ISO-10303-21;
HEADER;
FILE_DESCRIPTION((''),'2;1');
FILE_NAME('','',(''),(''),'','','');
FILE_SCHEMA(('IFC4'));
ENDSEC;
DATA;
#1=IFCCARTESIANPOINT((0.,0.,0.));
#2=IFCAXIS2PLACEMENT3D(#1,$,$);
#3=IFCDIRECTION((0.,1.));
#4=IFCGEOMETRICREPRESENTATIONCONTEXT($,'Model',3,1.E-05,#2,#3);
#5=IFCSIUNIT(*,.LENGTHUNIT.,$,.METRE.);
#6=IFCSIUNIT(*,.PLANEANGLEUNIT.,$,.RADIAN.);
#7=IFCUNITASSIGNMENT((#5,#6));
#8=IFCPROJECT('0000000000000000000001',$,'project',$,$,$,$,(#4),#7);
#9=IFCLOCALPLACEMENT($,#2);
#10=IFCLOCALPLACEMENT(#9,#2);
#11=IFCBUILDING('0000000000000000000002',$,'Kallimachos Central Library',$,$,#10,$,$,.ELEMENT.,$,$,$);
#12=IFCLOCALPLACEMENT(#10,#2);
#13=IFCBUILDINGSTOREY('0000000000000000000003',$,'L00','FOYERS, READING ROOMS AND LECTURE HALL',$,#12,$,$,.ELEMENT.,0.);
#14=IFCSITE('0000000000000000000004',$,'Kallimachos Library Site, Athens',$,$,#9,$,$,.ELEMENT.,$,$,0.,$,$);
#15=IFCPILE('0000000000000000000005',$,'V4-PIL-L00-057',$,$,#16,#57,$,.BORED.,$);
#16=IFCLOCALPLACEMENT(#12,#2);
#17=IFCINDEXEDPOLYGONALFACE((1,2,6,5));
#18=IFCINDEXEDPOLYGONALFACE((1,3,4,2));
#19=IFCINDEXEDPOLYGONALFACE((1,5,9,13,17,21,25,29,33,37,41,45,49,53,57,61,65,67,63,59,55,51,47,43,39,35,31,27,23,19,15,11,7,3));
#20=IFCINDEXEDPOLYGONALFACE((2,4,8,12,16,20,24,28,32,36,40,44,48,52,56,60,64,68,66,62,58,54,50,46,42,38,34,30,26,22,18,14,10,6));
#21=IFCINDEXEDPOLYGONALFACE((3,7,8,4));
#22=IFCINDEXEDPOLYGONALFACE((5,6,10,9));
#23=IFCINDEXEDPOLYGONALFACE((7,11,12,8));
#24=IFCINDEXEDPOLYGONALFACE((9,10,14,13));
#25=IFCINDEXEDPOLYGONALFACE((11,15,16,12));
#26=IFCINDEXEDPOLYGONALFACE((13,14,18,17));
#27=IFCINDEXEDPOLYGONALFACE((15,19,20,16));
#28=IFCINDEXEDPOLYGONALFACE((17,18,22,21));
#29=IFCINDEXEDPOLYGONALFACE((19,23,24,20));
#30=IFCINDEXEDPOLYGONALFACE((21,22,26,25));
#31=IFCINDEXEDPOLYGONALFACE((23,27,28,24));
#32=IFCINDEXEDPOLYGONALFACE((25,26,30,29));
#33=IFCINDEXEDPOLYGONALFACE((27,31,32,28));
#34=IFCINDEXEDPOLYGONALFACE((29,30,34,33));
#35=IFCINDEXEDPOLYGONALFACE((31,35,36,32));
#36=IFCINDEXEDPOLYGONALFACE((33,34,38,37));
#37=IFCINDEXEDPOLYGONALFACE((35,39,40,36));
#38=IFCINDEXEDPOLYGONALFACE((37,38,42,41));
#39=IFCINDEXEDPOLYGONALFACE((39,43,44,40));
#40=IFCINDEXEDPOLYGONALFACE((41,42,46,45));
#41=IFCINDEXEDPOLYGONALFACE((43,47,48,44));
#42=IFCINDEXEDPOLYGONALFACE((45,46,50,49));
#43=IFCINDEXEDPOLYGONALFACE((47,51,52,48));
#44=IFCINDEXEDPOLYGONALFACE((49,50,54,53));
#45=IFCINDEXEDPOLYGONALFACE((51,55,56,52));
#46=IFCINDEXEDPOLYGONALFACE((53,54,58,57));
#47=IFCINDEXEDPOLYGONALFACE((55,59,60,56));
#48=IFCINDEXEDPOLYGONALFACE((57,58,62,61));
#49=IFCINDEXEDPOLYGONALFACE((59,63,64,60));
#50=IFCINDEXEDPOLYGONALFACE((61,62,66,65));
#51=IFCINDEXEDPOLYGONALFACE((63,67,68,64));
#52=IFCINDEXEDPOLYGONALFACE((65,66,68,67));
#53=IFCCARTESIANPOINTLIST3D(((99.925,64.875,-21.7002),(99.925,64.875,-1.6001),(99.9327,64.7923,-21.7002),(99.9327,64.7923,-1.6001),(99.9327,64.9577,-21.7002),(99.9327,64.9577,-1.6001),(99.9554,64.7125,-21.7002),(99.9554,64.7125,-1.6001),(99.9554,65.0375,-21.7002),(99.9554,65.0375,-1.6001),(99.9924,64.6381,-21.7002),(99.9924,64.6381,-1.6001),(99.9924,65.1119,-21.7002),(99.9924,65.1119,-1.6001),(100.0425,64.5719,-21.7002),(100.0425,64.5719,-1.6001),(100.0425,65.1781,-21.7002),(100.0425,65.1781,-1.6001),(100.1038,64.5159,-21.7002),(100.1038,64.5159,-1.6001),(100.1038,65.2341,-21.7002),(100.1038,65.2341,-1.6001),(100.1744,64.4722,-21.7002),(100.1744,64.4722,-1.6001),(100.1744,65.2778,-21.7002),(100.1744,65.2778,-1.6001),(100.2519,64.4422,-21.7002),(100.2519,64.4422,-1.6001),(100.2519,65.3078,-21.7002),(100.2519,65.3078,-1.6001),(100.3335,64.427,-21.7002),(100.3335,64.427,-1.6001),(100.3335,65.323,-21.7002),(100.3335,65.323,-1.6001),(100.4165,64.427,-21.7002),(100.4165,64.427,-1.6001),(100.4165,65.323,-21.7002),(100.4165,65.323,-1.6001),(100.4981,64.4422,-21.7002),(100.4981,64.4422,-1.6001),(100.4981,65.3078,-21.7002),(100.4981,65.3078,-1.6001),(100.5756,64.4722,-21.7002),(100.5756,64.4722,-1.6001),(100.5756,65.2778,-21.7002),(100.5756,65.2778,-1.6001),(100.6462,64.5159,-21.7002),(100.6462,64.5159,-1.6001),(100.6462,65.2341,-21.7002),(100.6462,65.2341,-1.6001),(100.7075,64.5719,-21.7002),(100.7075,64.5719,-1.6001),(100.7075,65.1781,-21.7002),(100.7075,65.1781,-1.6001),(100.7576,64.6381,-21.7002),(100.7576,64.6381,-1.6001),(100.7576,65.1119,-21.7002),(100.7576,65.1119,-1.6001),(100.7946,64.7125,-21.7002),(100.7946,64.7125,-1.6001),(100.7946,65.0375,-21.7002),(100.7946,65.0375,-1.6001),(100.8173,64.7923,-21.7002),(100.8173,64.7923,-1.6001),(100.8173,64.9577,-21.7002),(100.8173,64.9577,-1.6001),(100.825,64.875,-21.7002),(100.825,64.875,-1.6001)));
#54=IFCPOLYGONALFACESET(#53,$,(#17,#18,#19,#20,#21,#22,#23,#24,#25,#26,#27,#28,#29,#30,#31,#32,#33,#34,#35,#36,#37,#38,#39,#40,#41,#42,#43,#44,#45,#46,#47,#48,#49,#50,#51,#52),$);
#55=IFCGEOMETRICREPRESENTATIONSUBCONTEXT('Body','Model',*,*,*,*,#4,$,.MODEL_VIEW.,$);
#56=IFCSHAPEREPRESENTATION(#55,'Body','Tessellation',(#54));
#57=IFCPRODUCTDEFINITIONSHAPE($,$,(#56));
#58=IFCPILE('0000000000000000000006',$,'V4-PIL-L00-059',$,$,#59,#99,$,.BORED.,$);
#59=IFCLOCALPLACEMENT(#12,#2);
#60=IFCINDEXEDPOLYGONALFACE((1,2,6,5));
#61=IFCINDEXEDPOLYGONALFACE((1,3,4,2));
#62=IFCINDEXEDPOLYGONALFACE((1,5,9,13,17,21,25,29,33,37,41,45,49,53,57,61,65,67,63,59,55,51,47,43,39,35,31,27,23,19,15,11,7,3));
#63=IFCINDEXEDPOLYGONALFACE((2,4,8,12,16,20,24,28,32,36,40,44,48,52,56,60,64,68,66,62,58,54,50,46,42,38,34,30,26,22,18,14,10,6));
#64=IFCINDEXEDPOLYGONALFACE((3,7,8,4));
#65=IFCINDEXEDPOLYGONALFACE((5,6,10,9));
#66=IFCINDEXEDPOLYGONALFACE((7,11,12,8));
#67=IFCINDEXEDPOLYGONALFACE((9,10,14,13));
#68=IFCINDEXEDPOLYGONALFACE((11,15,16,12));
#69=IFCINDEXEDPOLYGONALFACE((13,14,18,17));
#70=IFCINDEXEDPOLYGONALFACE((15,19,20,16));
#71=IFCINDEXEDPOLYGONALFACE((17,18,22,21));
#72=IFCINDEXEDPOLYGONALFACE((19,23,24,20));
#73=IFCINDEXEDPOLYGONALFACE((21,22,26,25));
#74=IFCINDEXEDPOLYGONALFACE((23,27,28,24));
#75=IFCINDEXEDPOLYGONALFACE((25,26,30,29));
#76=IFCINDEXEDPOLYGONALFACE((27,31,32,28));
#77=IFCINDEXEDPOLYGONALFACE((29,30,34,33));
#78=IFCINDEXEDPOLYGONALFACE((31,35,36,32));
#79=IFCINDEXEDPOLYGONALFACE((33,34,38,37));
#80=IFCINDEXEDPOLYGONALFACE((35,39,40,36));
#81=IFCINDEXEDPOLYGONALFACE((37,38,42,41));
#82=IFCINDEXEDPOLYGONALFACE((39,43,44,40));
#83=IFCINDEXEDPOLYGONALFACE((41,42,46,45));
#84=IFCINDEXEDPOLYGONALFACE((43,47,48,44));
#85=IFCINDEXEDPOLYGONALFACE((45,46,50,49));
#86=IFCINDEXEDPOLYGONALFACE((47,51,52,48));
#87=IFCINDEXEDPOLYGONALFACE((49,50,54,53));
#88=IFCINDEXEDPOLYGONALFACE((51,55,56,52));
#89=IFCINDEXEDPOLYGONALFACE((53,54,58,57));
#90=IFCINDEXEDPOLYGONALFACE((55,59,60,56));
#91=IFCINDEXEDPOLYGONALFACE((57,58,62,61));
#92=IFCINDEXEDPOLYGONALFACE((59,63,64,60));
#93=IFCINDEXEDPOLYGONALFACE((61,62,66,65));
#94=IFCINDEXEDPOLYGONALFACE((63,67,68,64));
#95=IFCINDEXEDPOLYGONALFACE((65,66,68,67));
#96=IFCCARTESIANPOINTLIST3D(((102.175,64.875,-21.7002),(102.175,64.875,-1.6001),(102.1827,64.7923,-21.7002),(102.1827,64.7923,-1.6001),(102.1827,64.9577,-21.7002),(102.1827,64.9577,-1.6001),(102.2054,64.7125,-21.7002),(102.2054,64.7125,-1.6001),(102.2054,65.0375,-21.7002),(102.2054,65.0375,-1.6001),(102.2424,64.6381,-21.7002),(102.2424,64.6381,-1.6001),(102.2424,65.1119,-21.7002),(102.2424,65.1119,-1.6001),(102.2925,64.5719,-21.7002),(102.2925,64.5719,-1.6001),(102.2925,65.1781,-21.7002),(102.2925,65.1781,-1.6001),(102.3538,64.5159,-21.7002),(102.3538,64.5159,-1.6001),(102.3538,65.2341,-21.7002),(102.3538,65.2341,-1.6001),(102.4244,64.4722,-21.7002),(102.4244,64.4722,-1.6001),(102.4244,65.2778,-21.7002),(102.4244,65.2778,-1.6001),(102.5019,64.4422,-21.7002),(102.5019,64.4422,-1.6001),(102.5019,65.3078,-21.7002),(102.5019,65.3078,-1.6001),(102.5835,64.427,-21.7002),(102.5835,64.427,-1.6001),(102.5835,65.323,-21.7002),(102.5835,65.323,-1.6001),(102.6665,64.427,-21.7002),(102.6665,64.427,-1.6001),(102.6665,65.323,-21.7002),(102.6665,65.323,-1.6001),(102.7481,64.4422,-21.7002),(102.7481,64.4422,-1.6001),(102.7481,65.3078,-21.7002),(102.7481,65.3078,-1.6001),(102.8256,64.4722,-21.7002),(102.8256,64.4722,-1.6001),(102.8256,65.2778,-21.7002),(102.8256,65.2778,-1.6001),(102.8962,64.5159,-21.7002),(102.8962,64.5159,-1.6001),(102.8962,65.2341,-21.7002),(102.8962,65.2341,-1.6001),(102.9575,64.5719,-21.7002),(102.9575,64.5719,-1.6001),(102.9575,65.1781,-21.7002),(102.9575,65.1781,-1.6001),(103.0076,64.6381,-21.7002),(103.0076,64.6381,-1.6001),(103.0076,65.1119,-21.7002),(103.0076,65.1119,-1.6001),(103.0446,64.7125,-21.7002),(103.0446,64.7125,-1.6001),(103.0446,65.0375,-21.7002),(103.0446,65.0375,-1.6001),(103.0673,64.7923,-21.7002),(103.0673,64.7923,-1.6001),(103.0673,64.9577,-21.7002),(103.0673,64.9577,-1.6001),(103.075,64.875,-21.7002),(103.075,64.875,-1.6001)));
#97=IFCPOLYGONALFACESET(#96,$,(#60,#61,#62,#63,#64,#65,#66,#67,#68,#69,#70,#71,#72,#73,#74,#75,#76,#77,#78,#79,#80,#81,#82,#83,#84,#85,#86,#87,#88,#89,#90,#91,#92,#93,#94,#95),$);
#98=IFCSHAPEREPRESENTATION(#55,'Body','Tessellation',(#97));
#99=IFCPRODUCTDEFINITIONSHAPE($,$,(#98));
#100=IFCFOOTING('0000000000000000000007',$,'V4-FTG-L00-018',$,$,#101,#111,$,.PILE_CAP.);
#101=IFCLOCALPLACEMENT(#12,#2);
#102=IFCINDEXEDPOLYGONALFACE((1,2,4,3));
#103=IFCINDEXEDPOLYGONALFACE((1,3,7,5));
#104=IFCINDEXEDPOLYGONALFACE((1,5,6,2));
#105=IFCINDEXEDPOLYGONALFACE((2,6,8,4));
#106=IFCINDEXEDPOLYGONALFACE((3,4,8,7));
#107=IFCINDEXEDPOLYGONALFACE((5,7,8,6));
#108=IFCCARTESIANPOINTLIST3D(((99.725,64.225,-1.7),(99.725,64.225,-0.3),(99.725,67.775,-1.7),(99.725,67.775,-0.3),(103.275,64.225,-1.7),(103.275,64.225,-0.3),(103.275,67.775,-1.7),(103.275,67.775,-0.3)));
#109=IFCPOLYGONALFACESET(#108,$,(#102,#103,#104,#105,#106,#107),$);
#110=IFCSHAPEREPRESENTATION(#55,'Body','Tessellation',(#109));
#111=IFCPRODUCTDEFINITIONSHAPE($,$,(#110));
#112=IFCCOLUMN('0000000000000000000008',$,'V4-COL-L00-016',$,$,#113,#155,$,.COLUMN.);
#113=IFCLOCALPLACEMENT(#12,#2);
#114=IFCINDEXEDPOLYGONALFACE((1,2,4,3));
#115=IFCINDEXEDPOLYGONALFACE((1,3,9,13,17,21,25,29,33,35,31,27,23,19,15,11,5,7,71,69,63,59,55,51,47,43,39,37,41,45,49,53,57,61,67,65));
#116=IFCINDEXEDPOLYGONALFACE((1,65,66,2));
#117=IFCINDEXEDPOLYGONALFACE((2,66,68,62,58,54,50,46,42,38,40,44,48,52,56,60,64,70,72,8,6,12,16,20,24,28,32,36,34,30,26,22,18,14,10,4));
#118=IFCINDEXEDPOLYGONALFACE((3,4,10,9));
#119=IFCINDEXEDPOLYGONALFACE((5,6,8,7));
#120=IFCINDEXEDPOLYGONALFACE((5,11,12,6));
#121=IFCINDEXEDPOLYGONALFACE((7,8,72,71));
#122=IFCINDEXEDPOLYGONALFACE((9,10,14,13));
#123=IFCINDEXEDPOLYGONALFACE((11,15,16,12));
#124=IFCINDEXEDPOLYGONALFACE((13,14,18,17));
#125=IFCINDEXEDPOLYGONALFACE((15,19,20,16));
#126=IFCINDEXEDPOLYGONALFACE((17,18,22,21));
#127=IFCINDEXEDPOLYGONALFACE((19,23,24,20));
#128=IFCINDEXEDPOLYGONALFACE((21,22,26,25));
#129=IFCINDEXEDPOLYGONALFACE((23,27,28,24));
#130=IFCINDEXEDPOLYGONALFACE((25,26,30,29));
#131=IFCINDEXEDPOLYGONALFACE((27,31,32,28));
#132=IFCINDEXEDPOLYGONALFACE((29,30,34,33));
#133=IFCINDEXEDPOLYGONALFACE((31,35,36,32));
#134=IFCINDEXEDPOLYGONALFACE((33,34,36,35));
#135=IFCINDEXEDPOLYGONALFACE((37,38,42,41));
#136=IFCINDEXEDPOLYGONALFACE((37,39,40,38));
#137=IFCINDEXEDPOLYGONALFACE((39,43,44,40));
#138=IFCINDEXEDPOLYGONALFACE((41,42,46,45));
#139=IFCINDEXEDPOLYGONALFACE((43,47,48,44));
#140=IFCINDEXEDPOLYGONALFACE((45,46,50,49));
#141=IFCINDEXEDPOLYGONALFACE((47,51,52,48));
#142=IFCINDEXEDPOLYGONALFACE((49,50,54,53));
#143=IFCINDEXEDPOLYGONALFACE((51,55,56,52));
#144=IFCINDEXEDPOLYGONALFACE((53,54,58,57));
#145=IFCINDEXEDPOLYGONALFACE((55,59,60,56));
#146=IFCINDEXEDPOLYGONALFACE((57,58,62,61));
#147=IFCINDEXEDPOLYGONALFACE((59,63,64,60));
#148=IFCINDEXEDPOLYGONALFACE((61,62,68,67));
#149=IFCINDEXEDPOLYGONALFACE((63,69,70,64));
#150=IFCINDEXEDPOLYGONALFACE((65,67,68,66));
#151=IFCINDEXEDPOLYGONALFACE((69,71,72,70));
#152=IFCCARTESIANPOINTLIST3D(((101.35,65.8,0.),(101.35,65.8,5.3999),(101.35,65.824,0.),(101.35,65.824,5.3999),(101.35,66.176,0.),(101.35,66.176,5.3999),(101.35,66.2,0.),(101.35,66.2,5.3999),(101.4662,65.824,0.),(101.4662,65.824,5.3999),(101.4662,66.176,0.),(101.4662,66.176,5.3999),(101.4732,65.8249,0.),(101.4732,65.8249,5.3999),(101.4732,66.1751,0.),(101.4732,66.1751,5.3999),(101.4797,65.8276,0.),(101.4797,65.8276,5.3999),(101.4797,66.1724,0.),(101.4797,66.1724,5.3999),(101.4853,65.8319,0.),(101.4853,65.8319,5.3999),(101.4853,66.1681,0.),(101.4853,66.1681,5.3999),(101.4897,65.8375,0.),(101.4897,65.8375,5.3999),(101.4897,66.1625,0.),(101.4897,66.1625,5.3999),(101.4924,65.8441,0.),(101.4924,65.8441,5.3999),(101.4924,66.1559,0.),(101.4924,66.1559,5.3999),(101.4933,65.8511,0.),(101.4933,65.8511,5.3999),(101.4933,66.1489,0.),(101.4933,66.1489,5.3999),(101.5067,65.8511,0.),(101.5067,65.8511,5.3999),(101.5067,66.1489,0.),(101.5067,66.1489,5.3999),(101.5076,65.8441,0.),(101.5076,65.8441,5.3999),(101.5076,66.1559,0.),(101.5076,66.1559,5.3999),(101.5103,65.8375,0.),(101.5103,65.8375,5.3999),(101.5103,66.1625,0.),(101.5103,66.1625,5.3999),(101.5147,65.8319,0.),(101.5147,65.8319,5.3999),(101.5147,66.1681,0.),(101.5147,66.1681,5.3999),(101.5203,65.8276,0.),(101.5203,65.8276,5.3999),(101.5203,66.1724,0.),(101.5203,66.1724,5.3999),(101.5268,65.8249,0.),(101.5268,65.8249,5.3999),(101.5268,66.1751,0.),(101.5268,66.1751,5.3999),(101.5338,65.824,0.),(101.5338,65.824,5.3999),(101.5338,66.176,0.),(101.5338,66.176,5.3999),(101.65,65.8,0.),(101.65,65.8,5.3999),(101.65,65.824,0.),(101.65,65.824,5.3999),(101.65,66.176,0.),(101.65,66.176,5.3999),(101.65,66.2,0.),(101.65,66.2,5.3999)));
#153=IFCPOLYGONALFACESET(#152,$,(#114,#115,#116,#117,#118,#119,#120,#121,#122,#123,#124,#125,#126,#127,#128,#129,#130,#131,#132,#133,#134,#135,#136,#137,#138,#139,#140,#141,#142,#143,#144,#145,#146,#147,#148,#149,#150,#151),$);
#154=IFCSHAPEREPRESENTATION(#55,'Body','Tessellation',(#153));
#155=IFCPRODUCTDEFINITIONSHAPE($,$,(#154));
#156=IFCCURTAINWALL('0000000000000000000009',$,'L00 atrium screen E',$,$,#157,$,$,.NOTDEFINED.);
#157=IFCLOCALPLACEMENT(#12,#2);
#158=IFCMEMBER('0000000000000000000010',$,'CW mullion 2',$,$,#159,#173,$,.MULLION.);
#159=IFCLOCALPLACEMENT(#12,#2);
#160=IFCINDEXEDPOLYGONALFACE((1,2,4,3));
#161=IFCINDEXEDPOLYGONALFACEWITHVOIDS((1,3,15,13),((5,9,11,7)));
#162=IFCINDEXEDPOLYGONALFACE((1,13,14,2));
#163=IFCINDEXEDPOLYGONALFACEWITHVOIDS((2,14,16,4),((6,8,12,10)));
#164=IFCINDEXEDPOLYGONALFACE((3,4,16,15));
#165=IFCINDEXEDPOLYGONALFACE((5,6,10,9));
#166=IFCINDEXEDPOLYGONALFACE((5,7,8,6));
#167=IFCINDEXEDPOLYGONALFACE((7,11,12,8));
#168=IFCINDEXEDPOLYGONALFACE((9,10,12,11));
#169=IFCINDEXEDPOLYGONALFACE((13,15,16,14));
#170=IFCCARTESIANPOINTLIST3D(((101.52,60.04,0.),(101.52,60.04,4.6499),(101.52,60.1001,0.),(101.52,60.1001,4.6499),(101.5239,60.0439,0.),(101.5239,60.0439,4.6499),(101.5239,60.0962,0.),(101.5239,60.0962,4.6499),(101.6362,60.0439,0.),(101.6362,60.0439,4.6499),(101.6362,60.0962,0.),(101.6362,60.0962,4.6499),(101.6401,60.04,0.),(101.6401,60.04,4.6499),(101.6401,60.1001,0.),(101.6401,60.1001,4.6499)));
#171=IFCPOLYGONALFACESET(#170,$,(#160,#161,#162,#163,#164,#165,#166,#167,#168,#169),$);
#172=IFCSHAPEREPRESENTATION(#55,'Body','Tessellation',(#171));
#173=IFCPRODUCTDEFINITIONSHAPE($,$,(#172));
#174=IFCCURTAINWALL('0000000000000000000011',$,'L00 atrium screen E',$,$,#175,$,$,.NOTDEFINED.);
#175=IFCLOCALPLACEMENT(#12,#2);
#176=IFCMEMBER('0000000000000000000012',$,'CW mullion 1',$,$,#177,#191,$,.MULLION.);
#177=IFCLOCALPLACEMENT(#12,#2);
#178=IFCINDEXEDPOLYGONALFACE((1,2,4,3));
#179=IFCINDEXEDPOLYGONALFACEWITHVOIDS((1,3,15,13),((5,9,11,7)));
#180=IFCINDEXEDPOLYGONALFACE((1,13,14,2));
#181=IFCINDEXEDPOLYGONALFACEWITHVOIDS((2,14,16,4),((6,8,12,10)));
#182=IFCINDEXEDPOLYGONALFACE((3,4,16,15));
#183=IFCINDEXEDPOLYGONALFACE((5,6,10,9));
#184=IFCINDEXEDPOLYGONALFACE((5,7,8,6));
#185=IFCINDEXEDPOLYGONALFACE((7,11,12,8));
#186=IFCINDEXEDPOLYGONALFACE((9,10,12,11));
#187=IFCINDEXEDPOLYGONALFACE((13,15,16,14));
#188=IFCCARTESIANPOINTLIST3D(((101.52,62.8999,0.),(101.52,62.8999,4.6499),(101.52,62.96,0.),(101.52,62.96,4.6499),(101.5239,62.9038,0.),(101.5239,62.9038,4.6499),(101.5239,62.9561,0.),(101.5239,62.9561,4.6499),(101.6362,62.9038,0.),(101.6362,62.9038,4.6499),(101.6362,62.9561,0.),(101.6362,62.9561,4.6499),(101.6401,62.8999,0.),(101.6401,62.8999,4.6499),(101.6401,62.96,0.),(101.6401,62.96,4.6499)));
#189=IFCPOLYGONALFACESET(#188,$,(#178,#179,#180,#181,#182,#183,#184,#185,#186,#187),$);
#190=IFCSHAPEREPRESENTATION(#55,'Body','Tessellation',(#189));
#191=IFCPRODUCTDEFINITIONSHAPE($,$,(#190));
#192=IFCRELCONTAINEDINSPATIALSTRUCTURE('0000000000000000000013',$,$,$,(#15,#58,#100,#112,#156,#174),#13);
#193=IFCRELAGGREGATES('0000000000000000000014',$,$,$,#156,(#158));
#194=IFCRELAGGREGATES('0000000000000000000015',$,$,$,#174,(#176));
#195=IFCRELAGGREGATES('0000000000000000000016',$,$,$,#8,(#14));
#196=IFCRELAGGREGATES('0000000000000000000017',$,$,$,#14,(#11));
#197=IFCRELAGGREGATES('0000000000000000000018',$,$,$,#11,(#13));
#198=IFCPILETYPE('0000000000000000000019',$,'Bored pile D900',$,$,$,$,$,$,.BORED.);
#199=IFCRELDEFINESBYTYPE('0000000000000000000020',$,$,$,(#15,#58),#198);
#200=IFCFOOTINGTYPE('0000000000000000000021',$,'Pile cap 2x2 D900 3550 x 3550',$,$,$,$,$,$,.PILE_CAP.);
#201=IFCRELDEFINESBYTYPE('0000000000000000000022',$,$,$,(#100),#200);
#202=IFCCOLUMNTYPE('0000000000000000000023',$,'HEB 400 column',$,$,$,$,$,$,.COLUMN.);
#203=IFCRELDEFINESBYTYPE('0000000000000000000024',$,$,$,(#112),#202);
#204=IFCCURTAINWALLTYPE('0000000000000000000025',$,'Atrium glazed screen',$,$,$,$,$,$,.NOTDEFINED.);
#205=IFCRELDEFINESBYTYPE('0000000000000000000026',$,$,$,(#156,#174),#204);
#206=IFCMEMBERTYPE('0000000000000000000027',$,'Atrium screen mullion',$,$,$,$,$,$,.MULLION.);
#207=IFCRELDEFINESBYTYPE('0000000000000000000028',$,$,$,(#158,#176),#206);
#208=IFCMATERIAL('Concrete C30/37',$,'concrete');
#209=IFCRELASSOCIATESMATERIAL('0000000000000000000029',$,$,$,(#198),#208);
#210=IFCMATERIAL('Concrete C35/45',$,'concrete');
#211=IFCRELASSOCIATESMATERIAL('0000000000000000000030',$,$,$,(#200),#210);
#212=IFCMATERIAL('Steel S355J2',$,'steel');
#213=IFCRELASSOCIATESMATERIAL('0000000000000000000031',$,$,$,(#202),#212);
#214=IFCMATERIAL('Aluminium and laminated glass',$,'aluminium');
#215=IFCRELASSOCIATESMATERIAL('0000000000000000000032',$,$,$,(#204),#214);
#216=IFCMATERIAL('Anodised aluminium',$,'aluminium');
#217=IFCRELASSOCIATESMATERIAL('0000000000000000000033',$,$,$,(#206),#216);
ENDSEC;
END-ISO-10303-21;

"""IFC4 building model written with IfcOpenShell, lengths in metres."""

from ifc_helpers import new_model, si_unit, direction, frame, origin, origin_2d, place, context, subcontext, project, spatial, rectangle, hollow_rectangle, circle, i_section, extrude, material, material_profile, profile_set, type_object, element, aggregate, save


model = new_model("IFC4")

# Units and contexts
model_context = context("Model", 3, precision=1e-05, world=origin(), true_north=direction((0.0, 1.0)))
body_context = subcontext(model_context, "Body", "Model", "MODEL_VIEW")
ifc_project = project(units=[si_unit("LENGTHUNIT", "METRE"), si_unit("PLANEANGLEUNIT", "RADIAN")], contexts=[model_context])

# Site, building, storey
site_placement = place(None, origin())
site = spatial("IfcSite", under=ifc_project, at=site_placement, Name="Kallimachos Library Site, Athens", CompositionType="ELEMENT", RefElevation=0.0)
building_placement = place(site_placement, origin())
building = spatial("IfcBuilding", under=site, at=building_placement, Name="Kallimachos Central Library", CompositionType="ELEMENT")
storey_placement = place(building_placement, origin())
storey = spatial("IfcBuildingStorey", under=building, at=storey_placement, Name="L00", Description="FOYERS, READING ROOMS AND LECTURE HALL", CompositionType="ELEMENT", Elevation=0.0)

# Piles
ifc_material_1 = material(Name="Concrete C30/37", Category="concrete")
pile_type = type_object("IfcPileType", Name="Bored pile D900", PredefinedType="BORED", material=ifc_material_1)
for number, where, z_axis, x_axis, name in (
    (1, (100.375, 64.875, -1.6001), (0.0, 0.0, -1.0), (1.0, 0.0, 0.0), "V4-PIL-L00-057"),
    (2, (102.625, 64.875, -1.6001), (0.0, 0.0, -1.0), (1.0, 0.0, 0.0), "V4-PIL-L00-059"),
):
    element("IfcPile", number, at=place(storey_placement, frame(where, z_axis=z_axis, x_axis=x_axis)), inside=storey, type_object=pile_type, Name=name, PredefinedType="BORED", context=body_context, shape_type="SweptSolid", body=[
        extrude(circle(Radius=0.45, at=origin_2d()), origin(), (0.0, 0.0, 1.0), 20.1001),
    ])

# Footing
ifc_material_2 = material(Name="Concrete C35/45", Category="concrete")
footing_type = type_object("IfcFootingType", Name="Pile cap 2x2 D900 3550 x 3550", PredefinedType="PILE_CAP", material=ifc_material_2)
footing_placement = place(storey_placement, frame((101.5, 66.0, -1.7), z_axis=(0.0, 0.0, 1.0), x_axis=(1.0, 0.0, 0.0)))
element("IfcFooting", 3, at=footing_placement, inside=storey, type_object=footing_type, Name="V4-FTG-L00-018", PredefinedType="PILE_CAP", context=body_context, shape_type="SweptSolid", body=[
    extrude(rectangle(XDim=3.55, YDim=3.55, at=origin_2d()), origin(), (0.0, 0.0, 1.0), 1.3999),
])

# Column
ifc_material_3 = material(Name="Steel S355J2", Category="steel")
ifc_material_profile_1 = material_profile(ifc_material_3, i_section(OverallWidth=0.3, OverallDepth=0.3999, WebThickness=0.0134, FlangeThickness=0.0239, FilletRadius=0.0271, at=origin_2d()), Name="HEB 400")
ifc_profile_set_1 = profile_set([ifc_material_profile_1], Name="Steel S355J2")
column_type = type_object("IfcColumnType", Name="HEB 400 column", PredefinedType="COLUMN", material=ifc_profile_set_1)
column_placement = place(storey_placement, frame((101.5, 66.0, 0.0), z_axis=(0.0, 0.0, 1.0), x_axis=(1.0, 0.0, 0.0)))
element("IfcColumn", 4, at=column_placement, inside=storey, type_object=column_type, Name="V4-COL-L00-016", PredefinedType="COLUMN", context=body_context, shape_type="SweptSolid", body=[
    extrude(i_section(OverallWidth=0.3, OverallDepth=0.3999, WebThickness=0.0134, FlangeThickness=0.0239, FilletRadius=0.0271, at=origin_2d()), origin(), (0.0, 0.0, 1.0), 5.3999),
])

# Curtain wall, member
ifc_material_4 = material(Name="Aluminium and laminated glass", Category="aluminium")
curtain_wall_type = type_object("IfcCurtainWallType", Name="Atrium glazed screen", PredefinedType="NOTDEFINED", material=ifc_material_4)
curtain_wall_1_placement = place(storey_placement, origin())
curtain_wall_1 = element("IfcCurtainWall", 5, at=curtain_wall_1_placement, inside=storey, type_object=curtain_wall_type, Name="L00 atrium screen E", PredefinedType="NOTDEFINED")
ifc_material_5 = material(Name="Anodised aluminium", Category="aluminium")
ifc_material_profile_2 = material_profile(ifc_material_5, hollow_rectangle(XDim=0.0601, YDim=0.1201, WallThickness=0.0039, at=origin_2d()), Name="ALU MULLION 60x120")
ifc_profile_set_2 = profile_set([ifc_material_profile_2], Name="Anodised aluminium")
member_type_1 = type_object("IfcMemberType", Name="Atrium screen mullion", PredefinedType="MULLION", material=ifc_profile_set_2)
member_1_placement = place(storey_placement, frame((101.5801, 60.0701, 0.0), z_axis=(0.0, 0.0, 1.0), x_axis=(0.0, 1.0, 0.0)))
member_1 = element("IfcMember", 6, at=member_1_placement, type_object=member_type_1, Name="CW mullion 2", PredefinedType="MULLION", context=body_context, shape_type="SweptSolid", body=[
    extrude(hollow_rectangle(XDim=0.0601, YDim=0.1201, WallThickness=0.0039, at=origin_2d()), origin(), (0.0, 0.0, 1.0), 4.6499),
])
aggregate(curtain_wall_1, [member_1])

# Curtain wall, member
curtain_wall_2_placement = place(storey_placement, origin())
curtain_wall_2 = element("IfcCurtainWall", 7, at=curtain_wall_2_placement, inside=storey, type_object=curtain_wall_type, Name="L00 atrium screen E", PredefinedType="NOTDEFINED")
member_2_placement = place(storey_placement, frame((101.5801, 62.9299, 0.0), z_axis=(0.0, 0.0, 1.0), x_axis=(0.0, 1.0, 0.0)))
member_2 = element("IfcMember", 8, at=member_2_placement, type_object=member_type_1, Name="CW mullion 1", PredefinedType="MULLION", context=body_context, shape_type="SweptSolid", body=[
    extrude(hollow_rectangle(XDim=0.0601, YDim=0.1201, WallThickness=0.0039, at=origin_2d()), origin(), (0.0, 0.0, 1.0), 4.6499),
])

aggregate(curtain_wall_2, [member_2])

save(model, "model.ifc")
